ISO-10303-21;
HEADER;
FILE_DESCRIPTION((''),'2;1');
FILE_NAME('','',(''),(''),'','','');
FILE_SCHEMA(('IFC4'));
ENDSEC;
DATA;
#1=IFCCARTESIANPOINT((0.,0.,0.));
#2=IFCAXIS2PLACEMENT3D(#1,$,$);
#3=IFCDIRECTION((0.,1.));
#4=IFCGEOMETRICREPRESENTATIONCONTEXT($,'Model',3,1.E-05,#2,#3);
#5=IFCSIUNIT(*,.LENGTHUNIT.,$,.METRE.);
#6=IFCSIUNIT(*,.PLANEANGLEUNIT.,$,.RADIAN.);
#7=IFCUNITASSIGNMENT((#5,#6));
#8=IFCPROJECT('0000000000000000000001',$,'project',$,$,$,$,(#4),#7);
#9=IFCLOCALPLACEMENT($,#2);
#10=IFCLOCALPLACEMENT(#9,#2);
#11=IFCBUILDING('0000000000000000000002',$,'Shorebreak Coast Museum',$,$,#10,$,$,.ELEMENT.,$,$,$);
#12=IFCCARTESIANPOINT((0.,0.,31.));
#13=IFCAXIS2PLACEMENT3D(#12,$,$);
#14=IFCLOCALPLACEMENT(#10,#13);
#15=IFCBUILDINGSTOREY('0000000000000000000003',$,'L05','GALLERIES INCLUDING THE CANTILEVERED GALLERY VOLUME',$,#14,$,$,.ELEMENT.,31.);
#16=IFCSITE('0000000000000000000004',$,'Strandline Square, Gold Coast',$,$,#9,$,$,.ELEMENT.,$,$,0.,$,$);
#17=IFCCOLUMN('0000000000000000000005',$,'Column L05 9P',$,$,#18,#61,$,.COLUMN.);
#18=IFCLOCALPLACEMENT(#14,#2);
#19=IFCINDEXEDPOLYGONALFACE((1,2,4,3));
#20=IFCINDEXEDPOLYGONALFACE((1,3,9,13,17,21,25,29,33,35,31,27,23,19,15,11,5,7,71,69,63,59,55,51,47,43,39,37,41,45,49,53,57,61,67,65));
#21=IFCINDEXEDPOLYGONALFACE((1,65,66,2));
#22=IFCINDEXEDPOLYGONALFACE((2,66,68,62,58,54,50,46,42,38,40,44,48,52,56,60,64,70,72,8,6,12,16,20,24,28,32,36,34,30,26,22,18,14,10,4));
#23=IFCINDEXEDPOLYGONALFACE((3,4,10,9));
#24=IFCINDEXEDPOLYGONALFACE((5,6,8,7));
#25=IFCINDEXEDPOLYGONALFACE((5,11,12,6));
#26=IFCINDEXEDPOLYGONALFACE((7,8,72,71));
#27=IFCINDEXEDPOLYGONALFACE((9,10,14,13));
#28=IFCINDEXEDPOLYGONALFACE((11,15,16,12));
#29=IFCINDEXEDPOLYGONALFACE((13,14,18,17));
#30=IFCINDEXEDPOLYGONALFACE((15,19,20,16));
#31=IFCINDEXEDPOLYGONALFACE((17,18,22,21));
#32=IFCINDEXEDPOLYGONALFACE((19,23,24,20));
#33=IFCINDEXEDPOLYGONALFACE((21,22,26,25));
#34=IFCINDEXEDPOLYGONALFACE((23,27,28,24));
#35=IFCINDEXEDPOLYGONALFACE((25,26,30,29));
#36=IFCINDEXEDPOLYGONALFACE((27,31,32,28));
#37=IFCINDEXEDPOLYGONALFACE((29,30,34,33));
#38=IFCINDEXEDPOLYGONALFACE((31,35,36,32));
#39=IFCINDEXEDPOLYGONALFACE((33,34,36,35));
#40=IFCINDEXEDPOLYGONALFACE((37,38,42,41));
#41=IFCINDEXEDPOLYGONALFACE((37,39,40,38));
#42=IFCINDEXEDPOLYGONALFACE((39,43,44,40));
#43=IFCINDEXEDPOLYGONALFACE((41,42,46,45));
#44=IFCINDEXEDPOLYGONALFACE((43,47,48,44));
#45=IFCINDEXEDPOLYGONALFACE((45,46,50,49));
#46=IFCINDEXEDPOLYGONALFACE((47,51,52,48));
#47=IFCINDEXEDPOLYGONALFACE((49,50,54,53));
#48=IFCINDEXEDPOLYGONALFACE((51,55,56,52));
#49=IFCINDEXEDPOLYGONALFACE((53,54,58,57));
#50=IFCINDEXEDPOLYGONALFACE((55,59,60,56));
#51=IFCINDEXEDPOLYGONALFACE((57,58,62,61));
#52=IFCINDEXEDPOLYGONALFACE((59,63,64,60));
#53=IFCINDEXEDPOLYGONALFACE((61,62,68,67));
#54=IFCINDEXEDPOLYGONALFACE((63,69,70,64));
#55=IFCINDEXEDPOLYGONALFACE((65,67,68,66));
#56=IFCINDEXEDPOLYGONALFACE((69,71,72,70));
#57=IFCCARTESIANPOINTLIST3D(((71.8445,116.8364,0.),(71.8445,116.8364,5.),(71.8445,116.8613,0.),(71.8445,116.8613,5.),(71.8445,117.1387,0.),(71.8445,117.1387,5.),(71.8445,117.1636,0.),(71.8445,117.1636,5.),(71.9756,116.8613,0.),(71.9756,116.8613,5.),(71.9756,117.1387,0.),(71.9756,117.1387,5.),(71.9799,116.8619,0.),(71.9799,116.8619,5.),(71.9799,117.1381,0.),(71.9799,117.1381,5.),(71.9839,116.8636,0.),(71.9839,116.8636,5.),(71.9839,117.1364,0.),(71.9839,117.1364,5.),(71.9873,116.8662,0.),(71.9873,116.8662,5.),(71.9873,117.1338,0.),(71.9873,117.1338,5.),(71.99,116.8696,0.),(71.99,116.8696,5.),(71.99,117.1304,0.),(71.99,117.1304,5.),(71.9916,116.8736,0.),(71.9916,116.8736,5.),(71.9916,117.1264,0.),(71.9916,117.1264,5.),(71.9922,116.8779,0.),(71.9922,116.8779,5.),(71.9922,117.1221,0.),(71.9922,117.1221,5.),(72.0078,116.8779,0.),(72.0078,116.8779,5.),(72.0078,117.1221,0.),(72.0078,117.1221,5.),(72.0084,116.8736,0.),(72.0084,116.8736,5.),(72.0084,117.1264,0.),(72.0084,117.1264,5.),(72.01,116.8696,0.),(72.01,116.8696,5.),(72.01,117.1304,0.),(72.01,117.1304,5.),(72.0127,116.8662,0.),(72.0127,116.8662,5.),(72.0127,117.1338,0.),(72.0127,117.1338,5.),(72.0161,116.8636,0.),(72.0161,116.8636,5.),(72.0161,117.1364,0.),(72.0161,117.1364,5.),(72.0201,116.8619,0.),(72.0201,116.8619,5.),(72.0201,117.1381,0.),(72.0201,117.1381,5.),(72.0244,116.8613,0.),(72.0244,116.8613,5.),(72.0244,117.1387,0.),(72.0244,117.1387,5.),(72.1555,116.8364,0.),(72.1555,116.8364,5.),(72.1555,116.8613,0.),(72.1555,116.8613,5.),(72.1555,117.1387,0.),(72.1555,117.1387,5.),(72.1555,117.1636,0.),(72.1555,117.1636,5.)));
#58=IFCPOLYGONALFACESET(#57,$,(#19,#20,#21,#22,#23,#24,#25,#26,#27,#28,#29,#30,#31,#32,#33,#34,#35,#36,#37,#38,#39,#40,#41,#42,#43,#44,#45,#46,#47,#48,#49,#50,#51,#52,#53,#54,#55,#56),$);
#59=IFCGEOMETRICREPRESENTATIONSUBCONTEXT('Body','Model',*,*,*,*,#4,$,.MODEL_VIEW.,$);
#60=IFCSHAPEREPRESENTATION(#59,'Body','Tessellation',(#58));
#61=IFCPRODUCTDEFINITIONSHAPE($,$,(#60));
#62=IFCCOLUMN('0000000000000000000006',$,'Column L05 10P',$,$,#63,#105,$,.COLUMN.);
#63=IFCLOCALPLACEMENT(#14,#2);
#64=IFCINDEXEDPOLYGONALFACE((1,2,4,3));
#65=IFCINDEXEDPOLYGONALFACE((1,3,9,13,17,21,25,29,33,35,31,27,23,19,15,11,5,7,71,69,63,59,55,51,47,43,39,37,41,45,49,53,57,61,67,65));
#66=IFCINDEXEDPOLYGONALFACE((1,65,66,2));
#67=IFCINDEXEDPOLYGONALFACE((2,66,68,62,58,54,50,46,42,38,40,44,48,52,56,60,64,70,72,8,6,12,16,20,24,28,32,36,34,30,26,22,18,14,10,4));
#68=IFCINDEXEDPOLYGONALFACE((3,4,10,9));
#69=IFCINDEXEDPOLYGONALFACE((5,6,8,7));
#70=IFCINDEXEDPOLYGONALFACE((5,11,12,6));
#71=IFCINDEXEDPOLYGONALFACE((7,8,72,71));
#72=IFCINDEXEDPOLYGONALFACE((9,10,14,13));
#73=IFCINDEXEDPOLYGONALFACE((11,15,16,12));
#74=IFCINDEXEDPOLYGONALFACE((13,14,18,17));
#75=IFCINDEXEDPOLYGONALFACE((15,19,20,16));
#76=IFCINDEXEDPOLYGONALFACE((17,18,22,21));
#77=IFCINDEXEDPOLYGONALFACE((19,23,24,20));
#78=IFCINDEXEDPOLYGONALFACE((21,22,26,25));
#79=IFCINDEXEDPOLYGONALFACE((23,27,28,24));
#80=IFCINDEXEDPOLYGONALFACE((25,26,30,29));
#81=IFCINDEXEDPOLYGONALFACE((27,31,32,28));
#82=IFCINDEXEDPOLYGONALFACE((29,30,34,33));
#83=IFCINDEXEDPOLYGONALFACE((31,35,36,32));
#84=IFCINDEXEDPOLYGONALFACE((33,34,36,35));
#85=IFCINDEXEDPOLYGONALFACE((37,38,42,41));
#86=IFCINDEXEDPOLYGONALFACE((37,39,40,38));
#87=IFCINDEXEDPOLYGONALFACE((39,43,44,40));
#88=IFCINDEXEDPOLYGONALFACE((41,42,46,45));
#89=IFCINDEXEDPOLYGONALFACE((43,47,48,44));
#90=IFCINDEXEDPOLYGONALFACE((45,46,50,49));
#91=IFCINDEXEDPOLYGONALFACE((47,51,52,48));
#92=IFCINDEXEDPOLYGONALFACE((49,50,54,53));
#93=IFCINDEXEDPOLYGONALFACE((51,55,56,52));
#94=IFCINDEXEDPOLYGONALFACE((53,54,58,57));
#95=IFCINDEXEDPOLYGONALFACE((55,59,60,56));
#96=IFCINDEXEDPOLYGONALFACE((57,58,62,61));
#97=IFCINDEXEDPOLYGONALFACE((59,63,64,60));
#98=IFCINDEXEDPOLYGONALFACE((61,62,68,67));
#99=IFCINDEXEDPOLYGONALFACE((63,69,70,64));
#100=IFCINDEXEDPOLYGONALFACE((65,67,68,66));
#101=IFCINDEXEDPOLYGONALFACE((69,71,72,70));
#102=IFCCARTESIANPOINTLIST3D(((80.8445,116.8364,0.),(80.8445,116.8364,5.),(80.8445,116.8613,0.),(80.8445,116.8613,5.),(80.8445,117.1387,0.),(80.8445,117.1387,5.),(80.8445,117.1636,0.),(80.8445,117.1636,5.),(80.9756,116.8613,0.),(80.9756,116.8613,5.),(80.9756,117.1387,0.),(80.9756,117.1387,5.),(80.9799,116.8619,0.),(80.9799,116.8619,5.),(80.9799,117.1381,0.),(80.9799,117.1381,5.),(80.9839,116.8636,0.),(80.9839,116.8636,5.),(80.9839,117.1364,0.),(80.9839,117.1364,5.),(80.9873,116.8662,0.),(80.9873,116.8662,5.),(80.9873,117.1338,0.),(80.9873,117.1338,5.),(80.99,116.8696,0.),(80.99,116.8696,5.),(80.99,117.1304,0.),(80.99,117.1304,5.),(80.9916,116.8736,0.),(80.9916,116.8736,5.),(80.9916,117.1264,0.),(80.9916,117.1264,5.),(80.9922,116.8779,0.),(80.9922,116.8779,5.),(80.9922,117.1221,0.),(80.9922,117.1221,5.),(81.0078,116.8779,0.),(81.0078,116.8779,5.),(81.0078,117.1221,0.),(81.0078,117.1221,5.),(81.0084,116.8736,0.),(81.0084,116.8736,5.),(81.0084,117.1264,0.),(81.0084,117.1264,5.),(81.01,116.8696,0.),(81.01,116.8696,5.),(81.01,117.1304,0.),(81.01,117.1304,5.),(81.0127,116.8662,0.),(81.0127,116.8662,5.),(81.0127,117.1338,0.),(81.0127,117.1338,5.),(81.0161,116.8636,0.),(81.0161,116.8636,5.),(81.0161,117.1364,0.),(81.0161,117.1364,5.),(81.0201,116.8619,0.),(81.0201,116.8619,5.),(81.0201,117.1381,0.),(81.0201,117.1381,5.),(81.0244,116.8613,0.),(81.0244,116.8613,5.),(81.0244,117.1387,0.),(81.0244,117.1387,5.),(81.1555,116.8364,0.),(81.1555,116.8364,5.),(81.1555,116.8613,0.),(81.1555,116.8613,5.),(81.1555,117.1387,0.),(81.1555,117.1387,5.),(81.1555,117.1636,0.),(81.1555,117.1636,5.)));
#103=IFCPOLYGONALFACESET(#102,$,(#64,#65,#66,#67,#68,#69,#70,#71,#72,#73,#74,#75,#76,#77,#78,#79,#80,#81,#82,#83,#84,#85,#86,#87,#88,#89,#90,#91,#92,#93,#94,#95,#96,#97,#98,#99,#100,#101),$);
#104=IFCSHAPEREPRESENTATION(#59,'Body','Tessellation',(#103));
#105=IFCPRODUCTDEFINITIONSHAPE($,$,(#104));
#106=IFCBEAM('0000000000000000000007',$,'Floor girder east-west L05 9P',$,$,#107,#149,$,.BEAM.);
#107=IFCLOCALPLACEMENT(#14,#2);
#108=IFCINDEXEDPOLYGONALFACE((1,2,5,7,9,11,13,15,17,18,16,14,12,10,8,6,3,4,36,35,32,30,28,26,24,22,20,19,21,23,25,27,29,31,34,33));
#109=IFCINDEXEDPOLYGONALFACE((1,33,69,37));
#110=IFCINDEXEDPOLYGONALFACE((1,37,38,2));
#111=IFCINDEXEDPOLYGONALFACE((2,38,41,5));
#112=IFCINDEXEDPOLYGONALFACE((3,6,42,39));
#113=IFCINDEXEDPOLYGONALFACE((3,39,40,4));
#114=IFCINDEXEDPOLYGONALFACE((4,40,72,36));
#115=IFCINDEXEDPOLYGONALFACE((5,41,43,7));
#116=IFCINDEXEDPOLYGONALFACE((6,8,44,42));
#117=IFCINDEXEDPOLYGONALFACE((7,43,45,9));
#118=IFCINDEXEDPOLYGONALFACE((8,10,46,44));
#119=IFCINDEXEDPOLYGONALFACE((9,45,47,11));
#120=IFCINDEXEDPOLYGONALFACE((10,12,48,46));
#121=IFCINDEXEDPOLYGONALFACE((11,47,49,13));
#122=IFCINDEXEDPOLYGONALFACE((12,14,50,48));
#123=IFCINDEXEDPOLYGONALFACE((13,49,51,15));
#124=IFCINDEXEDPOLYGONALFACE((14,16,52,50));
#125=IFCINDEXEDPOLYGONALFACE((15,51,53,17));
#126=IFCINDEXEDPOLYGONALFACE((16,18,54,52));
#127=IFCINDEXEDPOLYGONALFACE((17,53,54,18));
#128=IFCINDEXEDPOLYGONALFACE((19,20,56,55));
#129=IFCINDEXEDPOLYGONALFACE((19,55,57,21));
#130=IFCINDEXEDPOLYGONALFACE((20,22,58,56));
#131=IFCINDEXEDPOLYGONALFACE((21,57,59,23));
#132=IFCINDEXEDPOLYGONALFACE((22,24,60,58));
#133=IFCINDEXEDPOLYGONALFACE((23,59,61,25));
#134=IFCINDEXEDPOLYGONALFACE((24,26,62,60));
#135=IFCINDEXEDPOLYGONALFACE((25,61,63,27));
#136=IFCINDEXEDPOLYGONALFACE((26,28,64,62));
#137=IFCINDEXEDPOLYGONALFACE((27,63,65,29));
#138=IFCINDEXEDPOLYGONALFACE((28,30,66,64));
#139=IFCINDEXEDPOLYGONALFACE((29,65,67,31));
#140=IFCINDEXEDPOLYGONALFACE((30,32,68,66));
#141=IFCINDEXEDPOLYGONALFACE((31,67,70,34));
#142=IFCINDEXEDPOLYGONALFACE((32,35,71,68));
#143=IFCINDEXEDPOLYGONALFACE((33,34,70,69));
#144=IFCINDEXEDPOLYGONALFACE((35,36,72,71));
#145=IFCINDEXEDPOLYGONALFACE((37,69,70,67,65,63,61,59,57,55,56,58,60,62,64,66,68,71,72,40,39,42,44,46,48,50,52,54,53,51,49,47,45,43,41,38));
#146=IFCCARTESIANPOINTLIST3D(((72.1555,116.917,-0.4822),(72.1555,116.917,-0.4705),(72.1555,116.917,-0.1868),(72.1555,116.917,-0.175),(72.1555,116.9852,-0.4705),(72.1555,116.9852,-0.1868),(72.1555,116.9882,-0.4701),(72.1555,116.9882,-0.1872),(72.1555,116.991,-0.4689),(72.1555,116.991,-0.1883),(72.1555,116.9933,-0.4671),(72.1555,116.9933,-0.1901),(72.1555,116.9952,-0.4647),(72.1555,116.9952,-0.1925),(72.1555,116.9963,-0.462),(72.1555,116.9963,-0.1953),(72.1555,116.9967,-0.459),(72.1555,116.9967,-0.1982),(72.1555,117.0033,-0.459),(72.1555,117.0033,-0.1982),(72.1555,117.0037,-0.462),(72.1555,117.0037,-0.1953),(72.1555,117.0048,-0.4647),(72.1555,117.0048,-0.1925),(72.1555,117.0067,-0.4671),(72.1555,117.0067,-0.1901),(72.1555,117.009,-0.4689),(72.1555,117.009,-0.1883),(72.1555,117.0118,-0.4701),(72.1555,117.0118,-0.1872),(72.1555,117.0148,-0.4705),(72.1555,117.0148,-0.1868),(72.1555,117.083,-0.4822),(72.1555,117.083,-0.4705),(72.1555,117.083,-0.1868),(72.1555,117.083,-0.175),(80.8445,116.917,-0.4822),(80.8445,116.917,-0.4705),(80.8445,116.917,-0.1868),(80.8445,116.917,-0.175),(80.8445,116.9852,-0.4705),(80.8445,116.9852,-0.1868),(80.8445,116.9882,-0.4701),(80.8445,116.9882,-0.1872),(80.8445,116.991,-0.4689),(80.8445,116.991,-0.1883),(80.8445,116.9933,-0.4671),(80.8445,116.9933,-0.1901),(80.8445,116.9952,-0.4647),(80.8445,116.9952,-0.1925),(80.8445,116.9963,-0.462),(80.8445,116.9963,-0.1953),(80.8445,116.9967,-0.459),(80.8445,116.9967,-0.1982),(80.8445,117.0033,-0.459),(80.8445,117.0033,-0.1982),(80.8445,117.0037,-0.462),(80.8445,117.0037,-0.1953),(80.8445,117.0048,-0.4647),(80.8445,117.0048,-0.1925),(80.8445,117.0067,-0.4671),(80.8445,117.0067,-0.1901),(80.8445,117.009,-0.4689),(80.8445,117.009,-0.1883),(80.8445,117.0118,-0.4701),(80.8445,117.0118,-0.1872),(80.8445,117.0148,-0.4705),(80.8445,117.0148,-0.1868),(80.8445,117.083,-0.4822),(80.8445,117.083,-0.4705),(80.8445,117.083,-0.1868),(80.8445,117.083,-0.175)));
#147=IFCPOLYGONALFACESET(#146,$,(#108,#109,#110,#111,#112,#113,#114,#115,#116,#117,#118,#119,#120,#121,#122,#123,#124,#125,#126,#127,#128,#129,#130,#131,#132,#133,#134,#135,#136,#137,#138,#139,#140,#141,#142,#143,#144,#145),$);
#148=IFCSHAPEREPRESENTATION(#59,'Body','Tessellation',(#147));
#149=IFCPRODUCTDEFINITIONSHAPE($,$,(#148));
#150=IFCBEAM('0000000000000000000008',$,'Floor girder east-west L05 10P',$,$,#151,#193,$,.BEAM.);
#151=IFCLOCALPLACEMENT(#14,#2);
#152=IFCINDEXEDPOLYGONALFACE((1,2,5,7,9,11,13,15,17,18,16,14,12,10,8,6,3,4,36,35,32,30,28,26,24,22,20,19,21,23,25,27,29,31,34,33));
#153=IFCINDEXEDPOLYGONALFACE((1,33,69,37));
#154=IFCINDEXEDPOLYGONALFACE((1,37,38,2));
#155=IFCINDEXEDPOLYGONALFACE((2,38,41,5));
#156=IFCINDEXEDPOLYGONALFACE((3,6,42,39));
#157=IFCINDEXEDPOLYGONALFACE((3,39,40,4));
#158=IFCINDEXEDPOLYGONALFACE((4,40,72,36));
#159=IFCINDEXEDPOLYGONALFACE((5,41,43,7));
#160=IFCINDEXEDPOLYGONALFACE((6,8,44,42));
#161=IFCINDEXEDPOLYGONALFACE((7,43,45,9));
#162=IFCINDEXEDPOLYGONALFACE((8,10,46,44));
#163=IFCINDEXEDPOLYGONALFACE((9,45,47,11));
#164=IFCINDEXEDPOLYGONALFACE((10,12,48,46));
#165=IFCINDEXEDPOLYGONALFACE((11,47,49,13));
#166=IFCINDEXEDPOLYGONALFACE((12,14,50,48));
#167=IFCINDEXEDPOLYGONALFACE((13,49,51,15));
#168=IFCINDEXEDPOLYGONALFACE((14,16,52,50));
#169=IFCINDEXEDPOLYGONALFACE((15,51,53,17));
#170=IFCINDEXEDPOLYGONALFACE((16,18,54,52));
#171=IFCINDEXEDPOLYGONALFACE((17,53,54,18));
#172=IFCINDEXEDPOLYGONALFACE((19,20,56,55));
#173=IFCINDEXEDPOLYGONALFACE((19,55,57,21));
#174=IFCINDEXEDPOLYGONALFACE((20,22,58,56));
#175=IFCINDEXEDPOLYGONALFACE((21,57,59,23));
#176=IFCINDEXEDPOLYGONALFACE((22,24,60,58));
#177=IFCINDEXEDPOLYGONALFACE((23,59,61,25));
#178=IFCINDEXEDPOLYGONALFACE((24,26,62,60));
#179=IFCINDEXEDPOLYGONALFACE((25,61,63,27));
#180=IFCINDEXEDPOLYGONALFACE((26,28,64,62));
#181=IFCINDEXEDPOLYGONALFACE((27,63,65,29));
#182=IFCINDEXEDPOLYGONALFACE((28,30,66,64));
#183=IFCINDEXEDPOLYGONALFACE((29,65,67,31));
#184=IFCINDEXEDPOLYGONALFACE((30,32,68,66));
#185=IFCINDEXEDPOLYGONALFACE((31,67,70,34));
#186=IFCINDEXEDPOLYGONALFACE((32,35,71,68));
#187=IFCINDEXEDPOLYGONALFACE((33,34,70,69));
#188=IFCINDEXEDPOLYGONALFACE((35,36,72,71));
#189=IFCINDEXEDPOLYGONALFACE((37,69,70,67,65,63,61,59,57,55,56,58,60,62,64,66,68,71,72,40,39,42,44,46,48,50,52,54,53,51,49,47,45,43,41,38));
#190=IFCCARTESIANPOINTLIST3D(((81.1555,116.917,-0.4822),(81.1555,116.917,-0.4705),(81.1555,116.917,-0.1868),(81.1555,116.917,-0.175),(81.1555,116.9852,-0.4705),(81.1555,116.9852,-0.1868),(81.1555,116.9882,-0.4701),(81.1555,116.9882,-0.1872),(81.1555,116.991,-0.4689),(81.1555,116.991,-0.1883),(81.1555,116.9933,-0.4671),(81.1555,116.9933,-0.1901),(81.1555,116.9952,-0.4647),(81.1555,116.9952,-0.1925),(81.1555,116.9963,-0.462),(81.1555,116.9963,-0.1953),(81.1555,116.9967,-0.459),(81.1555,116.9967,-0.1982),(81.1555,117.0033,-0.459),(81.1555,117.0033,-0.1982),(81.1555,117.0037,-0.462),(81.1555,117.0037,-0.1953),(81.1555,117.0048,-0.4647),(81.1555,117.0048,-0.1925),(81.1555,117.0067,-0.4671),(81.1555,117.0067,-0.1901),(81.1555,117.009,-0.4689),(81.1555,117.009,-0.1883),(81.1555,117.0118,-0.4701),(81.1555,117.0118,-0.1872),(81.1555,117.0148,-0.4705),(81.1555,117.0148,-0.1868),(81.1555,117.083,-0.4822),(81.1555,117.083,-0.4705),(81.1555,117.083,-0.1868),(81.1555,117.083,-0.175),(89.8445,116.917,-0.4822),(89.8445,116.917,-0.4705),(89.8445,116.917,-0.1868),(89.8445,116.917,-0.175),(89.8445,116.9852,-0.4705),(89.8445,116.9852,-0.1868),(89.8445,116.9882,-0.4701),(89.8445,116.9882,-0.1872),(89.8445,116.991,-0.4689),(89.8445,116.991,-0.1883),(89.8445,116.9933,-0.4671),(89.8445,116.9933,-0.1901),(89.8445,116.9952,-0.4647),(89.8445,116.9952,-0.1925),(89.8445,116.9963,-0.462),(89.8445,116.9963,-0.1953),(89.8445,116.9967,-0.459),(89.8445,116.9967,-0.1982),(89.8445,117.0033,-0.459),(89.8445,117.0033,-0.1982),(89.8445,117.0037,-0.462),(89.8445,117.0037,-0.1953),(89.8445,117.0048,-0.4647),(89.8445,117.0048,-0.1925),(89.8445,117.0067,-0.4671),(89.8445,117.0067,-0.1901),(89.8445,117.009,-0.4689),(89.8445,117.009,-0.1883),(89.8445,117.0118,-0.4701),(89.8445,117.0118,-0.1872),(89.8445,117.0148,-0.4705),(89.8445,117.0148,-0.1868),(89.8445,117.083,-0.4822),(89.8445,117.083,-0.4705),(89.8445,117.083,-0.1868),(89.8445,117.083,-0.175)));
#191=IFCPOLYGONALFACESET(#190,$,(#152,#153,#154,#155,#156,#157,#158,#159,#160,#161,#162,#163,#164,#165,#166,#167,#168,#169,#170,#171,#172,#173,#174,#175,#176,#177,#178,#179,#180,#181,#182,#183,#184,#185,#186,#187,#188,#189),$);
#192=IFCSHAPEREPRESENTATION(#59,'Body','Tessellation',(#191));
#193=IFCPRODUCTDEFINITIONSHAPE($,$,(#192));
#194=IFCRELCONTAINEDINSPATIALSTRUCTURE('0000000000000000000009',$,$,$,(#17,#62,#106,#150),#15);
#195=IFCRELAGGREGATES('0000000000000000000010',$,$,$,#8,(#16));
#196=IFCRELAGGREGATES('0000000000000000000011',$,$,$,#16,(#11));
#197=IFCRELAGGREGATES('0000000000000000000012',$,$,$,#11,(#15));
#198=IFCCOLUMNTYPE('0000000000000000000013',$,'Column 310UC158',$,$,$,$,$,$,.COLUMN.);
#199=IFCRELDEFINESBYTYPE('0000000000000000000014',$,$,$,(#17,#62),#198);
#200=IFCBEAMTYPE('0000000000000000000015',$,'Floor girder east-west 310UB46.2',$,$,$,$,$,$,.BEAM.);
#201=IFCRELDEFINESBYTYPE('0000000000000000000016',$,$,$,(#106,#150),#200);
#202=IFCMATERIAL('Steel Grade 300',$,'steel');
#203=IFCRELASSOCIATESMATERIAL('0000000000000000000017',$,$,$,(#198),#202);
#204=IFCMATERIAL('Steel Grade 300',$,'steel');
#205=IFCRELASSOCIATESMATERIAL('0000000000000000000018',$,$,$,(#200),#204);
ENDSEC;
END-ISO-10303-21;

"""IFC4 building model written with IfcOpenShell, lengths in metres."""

from ifc_helpers import new_model, si_unit, direction, frame, origin, origin_2d, place, context, subcontext, project, spatial, i_section, extrude, material, material_profile, profile_set, type_object, element, save


model = new_model("IFC4")

# Units and contexts
model_context = context("Model", 3, precision=1e-05, world=origin(), true_north=direction((0.0, 1.0)))
body_context = subcontext(model_context, "Body", "Model", "MODEL_VIEW")
ifc_project = project(units=[si_unit("LENGTHUNIT", "METRE"), si_unit("PLANEANGLEUNIT", "RADIAN")], contexts=[model_context])

# Site, building, storey
site_placement = place(None, origin())
site = spatial("IfcSite", under=ifc_project, at=site_placement, Name="Strandline Square, Gold Coast", CompositionType="ELEMENT", RefElevation=0.0)
building_placement = place(site_placement, origin())
building = spatial("IfcBuilding", under=site, at=building_placement, Name="Shorebreak Coast Museum", CompositionType="ELEMENT")
storey_placement = place(building_placement, frame((0.0, 0.0, 31.0)))
storey = spatial("IfcBuildingStorey", under=building, at=storey_placement, Name="L05", Description="GALLERIES INCLUDING THE CANTILEVERED GALLERY VOLUME", CompositionType="ELEMENT", Elevation=31.0)

# Columns
ifc_material_1 = material(Name="Steel Grade 300", Category="steel")
ifc_material_profile_1 = material_profile(ifc_material_1, i_section(OverallWidth=0.311, OverallDepth=0.3271, WebThickness=0.0156, FlangeThickness=0.0249, FilletRadius=0.0166, at=origin_2d()), Name="310UC158")
ifc_profile_set_1 = profile_set([ifc_material_profile_1], Name="Steel Grade 300")
column_type = type_object("IfcColumnType", Name="Column 310UC158", PredefinedType="COLUMN", material=ifc_profile_set_1)
for number, where, z_axis, x_axis, name in (
    (1, (72.0, 117.0, 0.0), (0.0, 0.0, 1.0), (1.0, 0.0, 0.0), "Column L05 9P"),
    (2, (81.0, 117.0, 0.0), (0.0, 0.0, 1.0), (1.0, 0.0, 0.0), "Column L05 10P"),
):
    element("IfcColumn", number, at=place(storey_placement, frame(where, z_axis=z_axis, x_axis=x_axis)), inside=storey, type_object=column_type, Name=name, PredefinedType="COLUMN", context=body_context, shape_type="SweptSolid", body=[
        extrude(i_section(OverallWidth=0.311, OverallDepth=0.3271, WebThickness=0.0156, FlangeThickness=0.0249, FilletRadius=0.0166, at=origin_2d()), origin(), (0.0, 0.0, 1.0), 5.0),
    ])

# Beams
ifc_material_2 = material(Name="Steel Grade 300", Category="steel")
ifc_material_profile_2 = material_profile(ifc_material_2, i_section(OverallWidth=0.166, OverallDepth=0.3071, WebThickness=0.0066, FlangeThickness=0.0117, FilletRadius=0.0115, at=origin_2d()), Name="310UB46.2")
ifc_profile_set_2 = profile_set([ifc_material_profile_2], Name="Steel Grade 300")
beam_type_1 = type_object("IfcBeamType", Name="Floor girder east-west 310UB46.2", PredefinedType="BEAM", material=ifc_profile_set_2)
for number, where, z_axis, x_axis, name in (
    (3, (72.1555, 117.0, -0.3286), (1.0, 0.0, 0.0), (0.0, 1.0, 0.0), "Floor girder east-west L05 9P"),
    (4, (81.1555, 117.0, -0.3286), (1.0, 0.0, 0.0), (0.0, 1.0, 0.0), "Floor girder east-west L05 10P"),
):
    element("IfcBeam", number, at=place(storey_placement, frame(where, z_axis=z_axis, x_axis=x_axis)), inside=storey, type_object=beam_type_1, Name=name, PredefinedType="BEAM", context=body_context, shape_type="SweptSolid", body=[
        extrude(i_section(OverallWidth=0.166, OverallDepth=0.3071, WebThickness=0.0066, FlangeThickness=0.0117, FilletRadius=0.0115, at=origin_2d()), origin(), (0.0, 0.0, 1.0), 8.689),
    ])

save(model, "model.ifc")
